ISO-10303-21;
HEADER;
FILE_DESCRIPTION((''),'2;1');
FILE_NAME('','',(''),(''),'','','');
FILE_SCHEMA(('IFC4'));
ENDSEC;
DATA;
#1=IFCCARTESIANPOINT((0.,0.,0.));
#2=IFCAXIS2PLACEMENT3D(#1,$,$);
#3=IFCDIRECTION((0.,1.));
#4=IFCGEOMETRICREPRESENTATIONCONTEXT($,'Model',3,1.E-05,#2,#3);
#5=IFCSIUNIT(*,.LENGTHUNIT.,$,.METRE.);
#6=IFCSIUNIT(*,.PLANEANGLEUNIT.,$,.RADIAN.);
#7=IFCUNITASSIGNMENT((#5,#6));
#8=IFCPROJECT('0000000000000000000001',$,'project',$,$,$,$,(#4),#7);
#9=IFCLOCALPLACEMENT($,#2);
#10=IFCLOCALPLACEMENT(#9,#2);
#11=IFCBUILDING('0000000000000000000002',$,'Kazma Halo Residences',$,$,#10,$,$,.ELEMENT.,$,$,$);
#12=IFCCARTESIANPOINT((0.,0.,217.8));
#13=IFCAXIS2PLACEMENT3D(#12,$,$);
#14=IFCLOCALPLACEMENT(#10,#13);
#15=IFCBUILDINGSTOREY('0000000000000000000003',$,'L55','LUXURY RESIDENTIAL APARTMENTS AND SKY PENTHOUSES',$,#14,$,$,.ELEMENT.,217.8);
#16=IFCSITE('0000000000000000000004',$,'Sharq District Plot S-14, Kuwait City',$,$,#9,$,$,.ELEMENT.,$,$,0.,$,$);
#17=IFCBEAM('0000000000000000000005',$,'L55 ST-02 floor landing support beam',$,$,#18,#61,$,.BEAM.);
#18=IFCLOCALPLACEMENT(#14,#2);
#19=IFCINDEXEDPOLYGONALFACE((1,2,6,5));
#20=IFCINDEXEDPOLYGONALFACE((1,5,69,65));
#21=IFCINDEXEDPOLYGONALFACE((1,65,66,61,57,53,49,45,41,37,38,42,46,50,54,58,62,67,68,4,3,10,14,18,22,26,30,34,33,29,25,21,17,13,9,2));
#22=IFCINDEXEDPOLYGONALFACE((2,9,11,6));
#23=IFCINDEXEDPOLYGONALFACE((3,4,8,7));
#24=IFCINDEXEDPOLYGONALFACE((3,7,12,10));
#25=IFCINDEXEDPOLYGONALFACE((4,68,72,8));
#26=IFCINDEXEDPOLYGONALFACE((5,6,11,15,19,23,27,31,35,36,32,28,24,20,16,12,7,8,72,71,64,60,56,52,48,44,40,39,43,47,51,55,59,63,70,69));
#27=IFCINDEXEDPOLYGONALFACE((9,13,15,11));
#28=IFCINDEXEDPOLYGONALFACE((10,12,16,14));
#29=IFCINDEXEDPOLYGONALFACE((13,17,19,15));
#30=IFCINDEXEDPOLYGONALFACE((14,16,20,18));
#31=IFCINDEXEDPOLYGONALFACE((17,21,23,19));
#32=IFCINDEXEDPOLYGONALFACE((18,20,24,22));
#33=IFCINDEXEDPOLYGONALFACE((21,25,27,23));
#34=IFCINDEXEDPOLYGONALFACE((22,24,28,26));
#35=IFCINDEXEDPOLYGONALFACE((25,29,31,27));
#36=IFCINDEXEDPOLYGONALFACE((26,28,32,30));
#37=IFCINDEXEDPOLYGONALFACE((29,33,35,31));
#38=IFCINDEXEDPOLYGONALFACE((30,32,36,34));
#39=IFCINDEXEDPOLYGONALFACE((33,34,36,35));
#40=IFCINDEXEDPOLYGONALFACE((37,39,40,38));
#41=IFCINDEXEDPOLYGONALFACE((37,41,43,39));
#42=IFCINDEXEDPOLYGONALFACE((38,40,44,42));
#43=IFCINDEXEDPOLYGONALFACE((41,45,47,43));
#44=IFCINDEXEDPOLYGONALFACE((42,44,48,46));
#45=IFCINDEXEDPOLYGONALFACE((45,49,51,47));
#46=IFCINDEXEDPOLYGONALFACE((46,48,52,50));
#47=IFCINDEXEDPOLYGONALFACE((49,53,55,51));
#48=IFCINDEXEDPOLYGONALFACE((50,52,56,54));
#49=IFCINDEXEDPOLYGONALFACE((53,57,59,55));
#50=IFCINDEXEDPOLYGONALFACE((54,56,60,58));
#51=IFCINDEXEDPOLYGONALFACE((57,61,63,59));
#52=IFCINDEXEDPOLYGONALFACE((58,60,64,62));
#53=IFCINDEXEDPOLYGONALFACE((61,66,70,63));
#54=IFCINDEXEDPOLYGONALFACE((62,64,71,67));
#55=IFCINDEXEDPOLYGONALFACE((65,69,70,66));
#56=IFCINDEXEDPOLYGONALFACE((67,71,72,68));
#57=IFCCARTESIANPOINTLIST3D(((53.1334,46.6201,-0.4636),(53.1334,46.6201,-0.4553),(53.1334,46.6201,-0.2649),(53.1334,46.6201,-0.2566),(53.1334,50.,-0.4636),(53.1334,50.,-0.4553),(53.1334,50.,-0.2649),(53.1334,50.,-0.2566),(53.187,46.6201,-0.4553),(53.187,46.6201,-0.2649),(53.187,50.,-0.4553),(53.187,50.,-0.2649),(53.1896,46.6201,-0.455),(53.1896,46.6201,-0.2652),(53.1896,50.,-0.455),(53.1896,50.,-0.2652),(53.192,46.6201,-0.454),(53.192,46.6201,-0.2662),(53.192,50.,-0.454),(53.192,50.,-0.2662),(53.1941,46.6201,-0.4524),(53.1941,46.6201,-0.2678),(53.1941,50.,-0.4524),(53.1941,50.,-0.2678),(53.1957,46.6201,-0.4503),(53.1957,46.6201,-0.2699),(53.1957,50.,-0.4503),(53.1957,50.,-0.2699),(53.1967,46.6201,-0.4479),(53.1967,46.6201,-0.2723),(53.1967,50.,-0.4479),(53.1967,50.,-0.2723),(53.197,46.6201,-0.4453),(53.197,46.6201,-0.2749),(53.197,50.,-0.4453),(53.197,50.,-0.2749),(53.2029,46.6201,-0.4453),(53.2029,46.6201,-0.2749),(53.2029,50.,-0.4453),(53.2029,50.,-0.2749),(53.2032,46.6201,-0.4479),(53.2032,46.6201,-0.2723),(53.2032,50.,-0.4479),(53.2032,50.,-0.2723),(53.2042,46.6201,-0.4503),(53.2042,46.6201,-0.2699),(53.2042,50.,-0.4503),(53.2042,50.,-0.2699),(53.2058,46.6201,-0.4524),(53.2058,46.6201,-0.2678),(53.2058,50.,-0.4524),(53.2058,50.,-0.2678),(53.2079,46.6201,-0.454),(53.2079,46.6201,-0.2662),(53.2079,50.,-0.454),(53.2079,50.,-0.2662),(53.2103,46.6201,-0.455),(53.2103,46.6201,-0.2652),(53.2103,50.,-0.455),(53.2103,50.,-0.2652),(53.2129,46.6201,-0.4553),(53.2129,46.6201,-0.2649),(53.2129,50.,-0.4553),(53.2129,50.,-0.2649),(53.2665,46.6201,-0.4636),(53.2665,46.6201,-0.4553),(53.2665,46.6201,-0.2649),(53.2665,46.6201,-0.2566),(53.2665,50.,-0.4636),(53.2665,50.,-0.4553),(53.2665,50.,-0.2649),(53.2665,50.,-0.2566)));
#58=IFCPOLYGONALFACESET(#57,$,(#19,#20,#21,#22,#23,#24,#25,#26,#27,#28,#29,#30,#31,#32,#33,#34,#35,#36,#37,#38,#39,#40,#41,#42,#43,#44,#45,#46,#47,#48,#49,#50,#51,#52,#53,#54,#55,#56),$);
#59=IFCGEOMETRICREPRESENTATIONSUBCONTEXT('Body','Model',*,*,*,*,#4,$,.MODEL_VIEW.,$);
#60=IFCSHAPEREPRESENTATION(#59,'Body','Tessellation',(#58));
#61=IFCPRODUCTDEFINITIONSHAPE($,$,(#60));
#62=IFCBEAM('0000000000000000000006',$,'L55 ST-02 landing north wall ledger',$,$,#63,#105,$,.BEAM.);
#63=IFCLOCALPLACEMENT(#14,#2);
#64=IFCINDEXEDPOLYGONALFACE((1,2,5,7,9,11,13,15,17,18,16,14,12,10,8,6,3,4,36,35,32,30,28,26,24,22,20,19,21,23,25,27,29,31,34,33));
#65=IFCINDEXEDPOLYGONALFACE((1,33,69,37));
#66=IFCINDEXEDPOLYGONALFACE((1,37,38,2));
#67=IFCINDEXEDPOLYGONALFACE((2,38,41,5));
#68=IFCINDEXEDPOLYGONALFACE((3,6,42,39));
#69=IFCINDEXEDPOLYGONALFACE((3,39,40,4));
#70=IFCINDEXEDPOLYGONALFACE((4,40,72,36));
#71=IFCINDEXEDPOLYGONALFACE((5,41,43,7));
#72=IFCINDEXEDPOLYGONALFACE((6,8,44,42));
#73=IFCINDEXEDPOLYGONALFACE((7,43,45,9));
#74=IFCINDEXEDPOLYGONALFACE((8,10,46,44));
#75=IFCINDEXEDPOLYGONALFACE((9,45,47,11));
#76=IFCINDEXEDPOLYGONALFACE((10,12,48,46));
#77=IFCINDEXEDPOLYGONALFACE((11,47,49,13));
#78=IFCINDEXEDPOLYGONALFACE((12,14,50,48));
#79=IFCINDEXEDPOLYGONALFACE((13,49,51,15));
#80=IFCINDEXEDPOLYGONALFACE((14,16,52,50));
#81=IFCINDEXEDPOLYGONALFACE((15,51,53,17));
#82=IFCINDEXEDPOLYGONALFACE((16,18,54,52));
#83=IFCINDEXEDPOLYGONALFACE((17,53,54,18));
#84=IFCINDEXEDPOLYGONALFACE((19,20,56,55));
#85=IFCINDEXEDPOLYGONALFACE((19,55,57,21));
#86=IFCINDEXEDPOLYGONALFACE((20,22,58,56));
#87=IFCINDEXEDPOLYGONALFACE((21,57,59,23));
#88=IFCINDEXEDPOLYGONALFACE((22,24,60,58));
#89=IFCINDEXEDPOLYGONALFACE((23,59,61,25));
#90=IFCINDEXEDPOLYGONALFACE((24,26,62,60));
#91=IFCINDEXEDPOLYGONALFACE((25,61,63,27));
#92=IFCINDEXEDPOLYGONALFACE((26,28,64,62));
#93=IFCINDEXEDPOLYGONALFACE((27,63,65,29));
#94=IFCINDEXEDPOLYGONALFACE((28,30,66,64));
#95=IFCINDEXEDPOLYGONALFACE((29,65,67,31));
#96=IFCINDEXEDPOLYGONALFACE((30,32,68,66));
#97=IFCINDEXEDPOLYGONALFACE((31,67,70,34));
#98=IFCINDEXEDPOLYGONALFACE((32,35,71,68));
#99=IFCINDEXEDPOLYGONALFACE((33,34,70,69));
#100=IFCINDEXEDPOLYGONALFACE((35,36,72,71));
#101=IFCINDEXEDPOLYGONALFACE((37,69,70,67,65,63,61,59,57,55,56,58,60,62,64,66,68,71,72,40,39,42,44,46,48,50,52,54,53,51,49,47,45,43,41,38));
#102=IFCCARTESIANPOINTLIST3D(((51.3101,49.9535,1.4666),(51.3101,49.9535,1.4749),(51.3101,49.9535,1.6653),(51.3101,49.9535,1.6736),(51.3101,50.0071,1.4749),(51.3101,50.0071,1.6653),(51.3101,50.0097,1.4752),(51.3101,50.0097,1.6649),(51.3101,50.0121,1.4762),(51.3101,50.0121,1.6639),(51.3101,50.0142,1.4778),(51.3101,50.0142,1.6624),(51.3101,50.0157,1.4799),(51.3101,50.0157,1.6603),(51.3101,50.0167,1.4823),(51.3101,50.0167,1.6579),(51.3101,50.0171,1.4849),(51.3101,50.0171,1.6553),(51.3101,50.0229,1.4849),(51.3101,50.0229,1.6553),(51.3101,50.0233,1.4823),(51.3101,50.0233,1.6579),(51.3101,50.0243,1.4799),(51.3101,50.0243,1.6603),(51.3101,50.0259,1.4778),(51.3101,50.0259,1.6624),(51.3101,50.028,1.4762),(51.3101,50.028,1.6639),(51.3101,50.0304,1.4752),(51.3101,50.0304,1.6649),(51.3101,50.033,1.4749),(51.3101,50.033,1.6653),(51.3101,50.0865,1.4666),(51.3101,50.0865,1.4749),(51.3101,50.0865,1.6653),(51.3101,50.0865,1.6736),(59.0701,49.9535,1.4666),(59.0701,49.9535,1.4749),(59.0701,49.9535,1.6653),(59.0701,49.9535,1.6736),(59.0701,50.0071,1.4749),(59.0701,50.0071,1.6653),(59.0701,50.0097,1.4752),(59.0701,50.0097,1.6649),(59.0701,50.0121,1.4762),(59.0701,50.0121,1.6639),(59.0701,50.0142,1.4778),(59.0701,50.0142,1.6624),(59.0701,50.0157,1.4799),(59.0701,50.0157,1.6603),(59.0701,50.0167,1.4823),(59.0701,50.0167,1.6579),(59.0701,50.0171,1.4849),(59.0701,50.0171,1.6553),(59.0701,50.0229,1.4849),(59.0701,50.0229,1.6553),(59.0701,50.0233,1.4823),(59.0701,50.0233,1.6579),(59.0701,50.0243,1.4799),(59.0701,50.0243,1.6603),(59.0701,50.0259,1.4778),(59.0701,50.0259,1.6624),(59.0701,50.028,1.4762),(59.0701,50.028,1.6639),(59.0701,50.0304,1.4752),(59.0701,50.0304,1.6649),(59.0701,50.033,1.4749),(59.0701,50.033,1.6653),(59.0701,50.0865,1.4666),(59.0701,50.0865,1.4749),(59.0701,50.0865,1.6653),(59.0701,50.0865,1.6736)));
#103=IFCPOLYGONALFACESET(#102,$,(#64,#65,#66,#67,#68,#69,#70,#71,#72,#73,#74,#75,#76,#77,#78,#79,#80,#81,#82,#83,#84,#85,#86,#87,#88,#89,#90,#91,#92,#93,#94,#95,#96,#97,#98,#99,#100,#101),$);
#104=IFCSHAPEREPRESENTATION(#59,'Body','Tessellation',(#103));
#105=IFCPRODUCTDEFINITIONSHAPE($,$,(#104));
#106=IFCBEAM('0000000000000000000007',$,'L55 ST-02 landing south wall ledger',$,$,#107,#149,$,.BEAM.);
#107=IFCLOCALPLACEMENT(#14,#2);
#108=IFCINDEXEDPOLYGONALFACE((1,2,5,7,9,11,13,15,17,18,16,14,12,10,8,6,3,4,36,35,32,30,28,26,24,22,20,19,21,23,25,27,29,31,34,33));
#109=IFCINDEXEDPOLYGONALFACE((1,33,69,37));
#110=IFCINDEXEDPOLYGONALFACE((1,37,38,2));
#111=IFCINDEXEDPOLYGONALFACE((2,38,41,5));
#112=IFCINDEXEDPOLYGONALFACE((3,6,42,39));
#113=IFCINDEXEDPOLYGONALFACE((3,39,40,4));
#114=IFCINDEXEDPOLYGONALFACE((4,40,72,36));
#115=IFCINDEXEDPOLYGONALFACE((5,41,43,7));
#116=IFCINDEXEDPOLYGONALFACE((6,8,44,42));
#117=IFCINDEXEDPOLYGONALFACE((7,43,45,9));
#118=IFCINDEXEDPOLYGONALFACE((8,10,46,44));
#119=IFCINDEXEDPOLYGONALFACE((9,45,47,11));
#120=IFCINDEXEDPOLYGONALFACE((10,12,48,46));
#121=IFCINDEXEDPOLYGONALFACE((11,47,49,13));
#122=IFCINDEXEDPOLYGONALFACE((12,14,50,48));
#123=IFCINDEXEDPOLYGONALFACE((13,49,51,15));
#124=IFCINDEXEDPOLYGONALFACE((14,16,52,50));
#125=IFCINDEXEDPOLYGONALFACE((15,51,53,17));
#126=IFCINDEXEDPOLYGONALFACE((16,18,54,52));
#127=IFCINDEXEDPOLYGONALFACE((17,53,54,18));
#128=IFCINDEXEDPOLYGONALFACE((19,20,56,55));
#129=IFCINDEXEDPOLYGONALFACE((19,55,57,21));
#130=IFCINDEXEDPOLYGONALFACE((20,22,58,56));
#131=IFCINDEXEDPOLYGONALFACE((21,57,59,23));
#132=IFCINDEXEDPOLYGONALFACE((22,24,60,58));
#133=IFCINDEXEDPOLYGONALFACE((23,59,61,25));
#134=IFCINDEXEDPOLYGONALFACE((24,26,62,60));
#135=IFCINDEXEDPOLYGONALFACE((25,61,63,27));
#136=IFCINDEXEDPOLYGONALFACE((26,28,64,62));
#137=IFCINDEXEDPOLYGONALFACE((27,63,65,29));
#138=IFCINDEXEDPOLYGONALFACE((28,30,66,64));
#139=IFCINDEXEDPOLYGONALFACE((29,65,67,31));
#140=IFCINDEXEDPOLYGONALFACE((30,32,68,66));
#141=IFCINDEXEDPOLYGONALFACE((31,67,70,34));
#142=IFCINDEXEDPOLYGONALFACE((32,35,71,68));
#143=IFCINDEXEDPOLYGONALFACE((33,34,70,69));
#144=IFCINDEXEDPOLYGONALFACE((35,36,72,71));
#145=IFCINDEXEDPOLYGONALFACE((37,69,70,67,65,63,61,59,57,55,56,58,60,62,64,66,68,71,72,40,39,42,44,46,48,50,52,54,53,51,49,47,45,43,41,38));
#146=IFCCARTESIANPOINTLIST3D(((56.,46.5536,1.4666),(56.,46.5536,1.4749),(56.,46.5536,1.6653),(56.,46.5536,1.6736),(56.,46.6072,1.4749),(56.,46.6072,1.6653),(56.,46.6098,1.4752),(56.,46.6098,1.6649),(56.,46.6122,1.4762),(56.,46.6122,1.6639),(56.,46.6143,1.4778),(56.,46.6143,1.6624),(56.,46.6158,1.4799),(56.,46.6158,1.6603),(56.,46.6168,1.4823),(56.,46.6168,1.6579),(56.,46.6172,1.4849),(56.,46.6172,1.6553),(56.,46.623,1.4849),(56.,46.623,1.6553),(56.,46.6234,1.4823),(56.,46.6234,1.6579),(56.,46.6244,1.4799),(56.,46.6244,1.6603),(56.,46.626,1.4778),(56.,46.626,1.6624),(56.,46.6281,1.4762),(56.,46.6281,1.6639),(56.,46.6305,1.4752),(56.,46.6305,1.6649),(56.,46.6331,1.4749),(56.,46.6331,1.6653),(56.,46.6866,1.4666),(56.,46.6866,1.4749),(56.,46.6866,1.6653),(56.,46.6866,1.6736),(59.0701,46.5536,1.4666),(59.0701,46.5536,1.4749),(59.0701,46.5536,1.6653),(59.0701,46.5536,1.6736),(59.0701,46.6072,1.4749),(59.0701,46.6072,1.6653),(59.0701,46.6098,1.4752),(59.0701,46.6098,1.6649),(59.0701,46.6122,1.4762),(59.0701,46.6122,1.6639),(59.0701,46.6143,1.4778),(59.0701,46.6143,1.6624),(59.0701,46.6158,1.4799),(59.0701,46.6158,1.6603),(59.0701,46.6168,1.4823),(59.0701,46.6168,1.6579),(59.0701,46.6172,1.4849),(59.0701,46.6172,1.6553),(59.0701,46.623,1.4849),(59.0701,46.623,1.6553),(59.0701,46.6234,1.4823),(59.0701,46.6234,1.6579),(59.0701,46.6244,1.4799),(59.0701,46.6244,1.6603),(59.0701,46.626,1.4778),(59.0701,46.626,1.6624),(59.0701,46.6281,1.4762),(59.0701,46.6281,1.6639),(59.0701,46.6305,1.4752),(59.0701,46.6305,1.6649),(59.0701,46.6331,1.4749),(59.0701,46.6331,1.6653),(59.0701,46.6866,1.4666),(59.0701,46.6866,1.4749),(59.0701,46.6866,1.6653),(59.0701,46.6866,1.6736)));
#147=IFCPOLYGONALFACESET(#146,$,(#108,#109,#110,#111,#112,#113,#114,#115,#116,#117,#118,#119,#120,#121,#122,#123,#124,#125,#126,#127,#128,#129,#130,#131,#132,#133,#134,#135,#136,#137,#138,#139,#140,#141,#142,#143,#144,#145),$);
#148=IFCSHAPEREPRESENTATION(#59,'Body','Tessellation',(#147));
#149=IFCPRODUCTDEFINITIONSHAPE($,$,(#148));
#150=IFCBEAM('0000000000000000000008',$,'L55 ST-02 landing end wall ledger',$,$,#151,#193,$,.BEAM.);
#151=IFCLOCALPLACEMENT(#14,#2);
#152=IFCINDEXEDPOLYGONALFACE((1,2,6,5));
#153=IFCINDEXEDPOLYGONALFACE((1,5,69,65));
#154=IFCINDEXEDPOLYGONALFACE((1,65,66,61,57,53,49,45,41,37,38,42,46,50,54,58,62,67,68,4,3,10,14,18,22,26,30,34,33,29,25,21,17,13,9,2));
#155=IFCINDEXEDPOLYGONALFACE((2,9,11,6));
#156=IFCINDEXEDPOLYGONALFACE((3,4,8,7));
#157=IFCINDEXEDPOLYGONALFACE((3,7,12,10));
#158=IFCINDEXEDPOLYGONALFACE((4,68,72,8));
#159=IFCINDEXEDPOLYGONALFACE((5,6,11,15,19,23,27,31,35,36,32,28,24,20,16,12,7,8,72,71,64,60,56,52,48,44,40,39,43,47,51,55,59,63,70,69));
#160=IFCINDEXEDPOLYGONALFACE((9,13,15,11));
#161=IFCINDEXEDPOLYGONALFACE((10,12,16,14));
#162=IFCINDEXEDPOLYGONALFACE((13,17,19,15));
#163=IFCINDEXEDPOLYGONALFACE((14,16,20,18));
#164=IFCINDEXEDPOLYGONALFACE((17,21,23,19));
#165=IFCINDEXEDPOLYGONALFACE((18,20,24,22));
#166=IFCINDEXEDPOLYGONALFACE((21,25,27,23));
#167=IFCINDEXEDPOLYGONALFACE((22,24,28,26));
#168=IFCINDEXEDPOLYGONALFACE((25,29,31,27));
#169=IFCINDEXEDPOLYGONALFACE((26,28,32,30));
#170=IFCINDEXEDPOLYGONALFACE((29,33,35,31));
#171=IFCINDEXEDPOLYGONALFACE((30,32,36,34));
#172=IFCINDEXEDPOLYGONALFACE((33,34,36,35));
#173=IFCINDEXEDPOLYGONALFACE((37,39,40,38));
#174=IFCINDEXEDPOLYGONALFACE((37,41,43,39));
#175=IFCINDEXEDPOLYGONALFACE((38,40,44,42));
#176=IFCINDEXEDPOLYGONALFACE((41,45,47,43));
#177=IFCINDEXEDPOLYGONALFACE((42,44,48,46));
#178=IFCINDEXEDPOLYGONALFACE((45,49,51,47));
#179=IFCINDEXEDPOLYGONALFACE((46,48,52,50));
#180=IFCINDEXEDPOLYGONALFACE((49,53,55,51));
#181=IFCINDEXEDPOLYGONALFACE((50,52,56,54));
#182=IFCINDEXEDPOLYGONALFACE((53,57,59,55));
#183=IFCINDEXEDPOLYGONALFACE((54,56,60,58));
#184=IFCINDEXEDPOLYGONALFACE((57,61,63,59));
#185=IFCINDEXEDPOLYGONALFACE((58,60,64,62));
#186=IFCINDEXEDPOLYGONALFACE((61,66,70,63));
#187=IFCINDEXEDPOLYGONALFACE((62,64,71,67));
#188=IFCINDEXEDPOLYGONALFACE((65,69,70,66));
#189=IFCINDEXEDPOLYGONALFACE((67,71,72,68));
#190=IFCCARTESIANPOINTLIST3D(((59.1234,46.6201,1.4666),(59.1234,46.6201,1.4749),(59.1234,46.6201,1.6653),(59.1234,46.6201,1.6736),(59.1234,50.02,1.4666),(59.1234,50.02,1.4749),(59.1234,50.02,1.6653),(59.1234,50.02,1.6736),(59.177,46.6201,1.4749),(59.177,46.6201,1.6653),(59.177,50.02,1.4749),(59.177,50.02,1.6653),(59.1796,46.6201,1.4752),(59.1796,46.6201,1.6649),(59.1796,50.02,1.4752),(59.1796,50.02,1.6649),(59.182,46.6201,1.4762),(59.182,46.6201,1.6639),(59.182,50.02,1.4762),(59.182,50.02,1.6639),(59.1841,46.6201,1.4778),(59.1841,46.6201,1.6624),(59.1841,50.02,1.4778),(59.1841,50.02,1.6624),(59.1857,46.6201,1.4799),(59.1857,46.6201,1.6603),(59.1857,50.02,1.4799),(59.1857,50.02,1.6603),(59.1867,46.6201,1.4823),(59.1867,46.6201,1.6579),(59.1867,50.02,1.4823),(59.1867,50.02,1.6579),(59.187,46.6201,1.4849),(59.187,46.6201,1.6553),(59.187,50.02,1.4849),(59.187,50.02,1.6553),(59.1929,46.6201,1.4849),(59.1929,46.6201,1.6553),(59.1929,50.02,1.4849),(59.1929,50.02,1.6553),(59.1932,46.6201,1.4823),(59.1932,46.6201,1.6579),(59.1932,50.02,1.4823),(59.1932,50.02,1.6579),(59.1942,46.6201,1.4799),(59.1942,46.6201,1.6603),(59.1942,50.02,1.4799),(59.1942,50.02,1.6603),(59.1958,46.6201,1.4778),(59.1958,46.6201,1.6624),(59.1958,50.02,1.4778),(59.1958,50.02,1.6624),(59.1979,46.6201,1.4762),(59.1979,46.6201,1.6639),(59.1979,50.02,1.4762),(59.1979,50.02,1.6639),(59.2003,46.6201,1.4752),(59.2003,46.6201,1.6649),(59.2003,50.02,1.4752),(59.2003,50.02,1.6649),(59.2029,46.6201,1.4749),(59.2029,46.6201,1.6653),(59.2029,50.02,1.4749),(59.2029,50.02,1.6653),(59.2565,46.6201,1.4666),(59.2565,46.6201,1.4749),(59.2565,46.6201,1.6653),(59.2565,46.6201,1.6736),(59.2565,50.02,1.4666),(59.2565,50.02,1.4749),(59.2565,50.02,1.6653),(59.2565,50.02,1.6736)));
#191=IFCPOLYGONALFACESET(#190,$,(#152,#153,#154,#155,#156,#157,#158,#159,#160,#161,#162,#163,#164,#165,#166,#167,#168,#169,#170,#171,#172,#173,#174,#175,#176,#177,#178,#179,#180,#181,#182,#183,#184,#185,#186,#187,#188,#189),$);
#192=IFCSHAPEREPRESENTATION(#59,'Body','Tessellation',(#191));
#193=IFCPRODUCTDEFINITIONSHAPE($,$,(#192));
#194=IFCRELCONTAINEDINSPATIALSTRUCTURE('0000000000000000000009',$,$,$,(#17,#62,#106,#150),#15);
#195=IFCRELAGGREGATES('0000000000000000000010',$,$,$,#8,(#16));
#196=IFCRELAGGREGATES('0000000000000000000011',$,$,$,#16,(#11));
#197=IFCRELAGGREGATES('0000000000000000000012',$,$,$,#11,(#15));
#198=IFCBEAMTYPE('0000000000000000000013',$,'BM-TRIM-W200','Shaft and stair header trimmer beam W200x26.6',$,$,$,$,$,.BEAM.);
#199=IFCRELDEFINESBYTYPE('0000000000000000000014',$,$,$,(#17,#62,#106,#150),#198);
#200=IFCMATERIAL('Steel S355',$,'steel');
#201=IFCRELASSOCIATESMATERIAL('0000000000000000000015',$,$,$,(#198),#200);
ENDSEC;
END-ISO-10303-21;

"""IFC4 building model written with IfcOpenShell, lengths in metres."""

from ifc_helpers import new_model, si_unit, direction, frame, origin, origin_2d, place, context, subcontext, project, spatial, i_section, extrude, material, material_profile, profile_set, type_object, element, save


model = new_model("IFC4")

# Units and contexts
model_context = context("Model", 3, precision=1e-05, world=origin(), true_north=direction((0.0, 1.0)))
body_context = subcontext(model_context, "Body", "Model", "MODEL_VIEW")
ifc_project = project(units=[si_unit("LENGTHUNIT", "METRE"), si_unit("PLANEANGLEUNIT", "RADIAN")], contexts=[model_context])

# Site, building, storey
site_placement = place(None, origin())
site = spatial("IfcSite", under=ifc_project, at=site_placement, Name="Sharq District Plot S-14, Kuwait City", CompositionType="ELEMENT", RefElevation=0.0)
building_placement = place(site_placement, origin())
building = spatial("IfcBuilding", under=site, at=building_placement, Name="Kazma Halo Residences", CompositionType="ELEMENT")
storey_placement = place(building_placement, frame((0.0, 0.0, 217.8)))
storey = spatial("IfcBuildingStorey", under=building, at=storey_placement, Name="L55", Description="LUXURY RESIDENTIAL APARTMENTS AND SKY PENTHOUSES", CompositionType="ELEMENT", Elevation=217.8)

# Shared definitions
ifc_material_1 = material(Name="Steel S355", Category="steel")

# Beams
ifc_material_profile_1 = material_profile(ifc_material_1, i_section(OverallWidth=0.1331, OverallDepth=0.207, WebThickness=0.0059, FlangeThickness=0.0083, FilletRadius=0.01, at=origin_2d()), Name="W200x26.6")
ifc_profile_set_1 = profile_set([ifc_material_profile_1], Name="Steel S355")
beam_type_1 = type_object("IfcBeamType", Name="BM-TRIM-W200", Description="Shaft and stair header trimmer beam W200x26.6", PredefinedType="BEAM", material=ifc_profile_set_1)
beam_1_placement = place(storey_placement, frame((53.2, 46.6201, -0.3601), z_axis=(0.0, 1.0, 0.0), x_axis=(-1.0, 0.0, 0.0)))
element("IfcBeam", 1, at=beam_1_placement, inside=storey, type_object=beam_type_1, Name="L55 ST-02 floor landing support beam", PredefinedType="BEAM", context=body_context, shape_type="SweptSolid", body=[
    extrude(i_section(OverallWidth=0.1331, OverallDepth=0.207, WebThickness=0.0059, FlangeThickness=0.0083, FilletRadius=0.01, at=origin_2d()), origin(), (0.0, 0.0, 1.0), 3.3799),
])
beam_2_placement = place(storey_placement, frame((51.3101, 50.02, 1.5701), z_axis=(1.0, 0.0, 0.0), x_axis=(0.0, 1.0, 0.0)))
element("IfcBeam", 2, at=beam_2_placement, inside=storey, type_object=beam_type_1, Name="L55 ST-02 landing north wall ledger", PredefinedType="BEAM", context=body_context, shape_type="SweptSolid", body=[
    extrude(i_section(OverallWidth=0.1331, OverallDepth=0.207, WebThickness=0.0059, FlangeThickness=0.0083, FilletRadius=0.01, at=origin_2d()), origin(), (0.0, 0.0, 1.0), 7.76),
])
beam_3_placement = place(storey_placement, frame((56.0, 46.6201, 1.5701), z_axis=(1.0, 0.0, 0.0), x_axis=(0.0, 1.0, 0.0)))
element("IfcBeam", 3, at=beam_3_placement, inside=storey, type_object=beam_type_1, Name="L55 ST-02 landing south wall ledger", PredefinedType="BEAM", context=body_context, shape_type="SweptSolid", body=[
    extrude(i_section(OverallWidth=0.1331, OverallDepth=0.207, WebThickness=0.0059, FlangeThickness=0.0083, FilletRadius=0.01, at=origin_2d()), origin(), (0.0, 0.0, 1.0), 3.0701),
])
beam_4_placement = place(storey_placement, frame((59.1899, 46.6201, 1.5701), z_axis=(0.0, 1.0, 0.0), x_axis=(-1.0, 0.0, 0.0)))
element("IfcBeam", 4, at=beam_4_placement, inside=storey, type_object=beam_type_1, Name="L55 ST-02 landing end wall ledger", PredefinedType="BEAM", context=body_context, shape_type="SweptSolid", body=[
    extrude(i_section(OverallWidth=0.1331, OverallDepth=0.207, WebThickness=0.0059, FlangeThickness=0.0083, FilletRadius=0.01, at=origin_2d()), origin(), (0.0, 0.0, 1.0), 3.3999),
])

save(model, "model.ifc")
